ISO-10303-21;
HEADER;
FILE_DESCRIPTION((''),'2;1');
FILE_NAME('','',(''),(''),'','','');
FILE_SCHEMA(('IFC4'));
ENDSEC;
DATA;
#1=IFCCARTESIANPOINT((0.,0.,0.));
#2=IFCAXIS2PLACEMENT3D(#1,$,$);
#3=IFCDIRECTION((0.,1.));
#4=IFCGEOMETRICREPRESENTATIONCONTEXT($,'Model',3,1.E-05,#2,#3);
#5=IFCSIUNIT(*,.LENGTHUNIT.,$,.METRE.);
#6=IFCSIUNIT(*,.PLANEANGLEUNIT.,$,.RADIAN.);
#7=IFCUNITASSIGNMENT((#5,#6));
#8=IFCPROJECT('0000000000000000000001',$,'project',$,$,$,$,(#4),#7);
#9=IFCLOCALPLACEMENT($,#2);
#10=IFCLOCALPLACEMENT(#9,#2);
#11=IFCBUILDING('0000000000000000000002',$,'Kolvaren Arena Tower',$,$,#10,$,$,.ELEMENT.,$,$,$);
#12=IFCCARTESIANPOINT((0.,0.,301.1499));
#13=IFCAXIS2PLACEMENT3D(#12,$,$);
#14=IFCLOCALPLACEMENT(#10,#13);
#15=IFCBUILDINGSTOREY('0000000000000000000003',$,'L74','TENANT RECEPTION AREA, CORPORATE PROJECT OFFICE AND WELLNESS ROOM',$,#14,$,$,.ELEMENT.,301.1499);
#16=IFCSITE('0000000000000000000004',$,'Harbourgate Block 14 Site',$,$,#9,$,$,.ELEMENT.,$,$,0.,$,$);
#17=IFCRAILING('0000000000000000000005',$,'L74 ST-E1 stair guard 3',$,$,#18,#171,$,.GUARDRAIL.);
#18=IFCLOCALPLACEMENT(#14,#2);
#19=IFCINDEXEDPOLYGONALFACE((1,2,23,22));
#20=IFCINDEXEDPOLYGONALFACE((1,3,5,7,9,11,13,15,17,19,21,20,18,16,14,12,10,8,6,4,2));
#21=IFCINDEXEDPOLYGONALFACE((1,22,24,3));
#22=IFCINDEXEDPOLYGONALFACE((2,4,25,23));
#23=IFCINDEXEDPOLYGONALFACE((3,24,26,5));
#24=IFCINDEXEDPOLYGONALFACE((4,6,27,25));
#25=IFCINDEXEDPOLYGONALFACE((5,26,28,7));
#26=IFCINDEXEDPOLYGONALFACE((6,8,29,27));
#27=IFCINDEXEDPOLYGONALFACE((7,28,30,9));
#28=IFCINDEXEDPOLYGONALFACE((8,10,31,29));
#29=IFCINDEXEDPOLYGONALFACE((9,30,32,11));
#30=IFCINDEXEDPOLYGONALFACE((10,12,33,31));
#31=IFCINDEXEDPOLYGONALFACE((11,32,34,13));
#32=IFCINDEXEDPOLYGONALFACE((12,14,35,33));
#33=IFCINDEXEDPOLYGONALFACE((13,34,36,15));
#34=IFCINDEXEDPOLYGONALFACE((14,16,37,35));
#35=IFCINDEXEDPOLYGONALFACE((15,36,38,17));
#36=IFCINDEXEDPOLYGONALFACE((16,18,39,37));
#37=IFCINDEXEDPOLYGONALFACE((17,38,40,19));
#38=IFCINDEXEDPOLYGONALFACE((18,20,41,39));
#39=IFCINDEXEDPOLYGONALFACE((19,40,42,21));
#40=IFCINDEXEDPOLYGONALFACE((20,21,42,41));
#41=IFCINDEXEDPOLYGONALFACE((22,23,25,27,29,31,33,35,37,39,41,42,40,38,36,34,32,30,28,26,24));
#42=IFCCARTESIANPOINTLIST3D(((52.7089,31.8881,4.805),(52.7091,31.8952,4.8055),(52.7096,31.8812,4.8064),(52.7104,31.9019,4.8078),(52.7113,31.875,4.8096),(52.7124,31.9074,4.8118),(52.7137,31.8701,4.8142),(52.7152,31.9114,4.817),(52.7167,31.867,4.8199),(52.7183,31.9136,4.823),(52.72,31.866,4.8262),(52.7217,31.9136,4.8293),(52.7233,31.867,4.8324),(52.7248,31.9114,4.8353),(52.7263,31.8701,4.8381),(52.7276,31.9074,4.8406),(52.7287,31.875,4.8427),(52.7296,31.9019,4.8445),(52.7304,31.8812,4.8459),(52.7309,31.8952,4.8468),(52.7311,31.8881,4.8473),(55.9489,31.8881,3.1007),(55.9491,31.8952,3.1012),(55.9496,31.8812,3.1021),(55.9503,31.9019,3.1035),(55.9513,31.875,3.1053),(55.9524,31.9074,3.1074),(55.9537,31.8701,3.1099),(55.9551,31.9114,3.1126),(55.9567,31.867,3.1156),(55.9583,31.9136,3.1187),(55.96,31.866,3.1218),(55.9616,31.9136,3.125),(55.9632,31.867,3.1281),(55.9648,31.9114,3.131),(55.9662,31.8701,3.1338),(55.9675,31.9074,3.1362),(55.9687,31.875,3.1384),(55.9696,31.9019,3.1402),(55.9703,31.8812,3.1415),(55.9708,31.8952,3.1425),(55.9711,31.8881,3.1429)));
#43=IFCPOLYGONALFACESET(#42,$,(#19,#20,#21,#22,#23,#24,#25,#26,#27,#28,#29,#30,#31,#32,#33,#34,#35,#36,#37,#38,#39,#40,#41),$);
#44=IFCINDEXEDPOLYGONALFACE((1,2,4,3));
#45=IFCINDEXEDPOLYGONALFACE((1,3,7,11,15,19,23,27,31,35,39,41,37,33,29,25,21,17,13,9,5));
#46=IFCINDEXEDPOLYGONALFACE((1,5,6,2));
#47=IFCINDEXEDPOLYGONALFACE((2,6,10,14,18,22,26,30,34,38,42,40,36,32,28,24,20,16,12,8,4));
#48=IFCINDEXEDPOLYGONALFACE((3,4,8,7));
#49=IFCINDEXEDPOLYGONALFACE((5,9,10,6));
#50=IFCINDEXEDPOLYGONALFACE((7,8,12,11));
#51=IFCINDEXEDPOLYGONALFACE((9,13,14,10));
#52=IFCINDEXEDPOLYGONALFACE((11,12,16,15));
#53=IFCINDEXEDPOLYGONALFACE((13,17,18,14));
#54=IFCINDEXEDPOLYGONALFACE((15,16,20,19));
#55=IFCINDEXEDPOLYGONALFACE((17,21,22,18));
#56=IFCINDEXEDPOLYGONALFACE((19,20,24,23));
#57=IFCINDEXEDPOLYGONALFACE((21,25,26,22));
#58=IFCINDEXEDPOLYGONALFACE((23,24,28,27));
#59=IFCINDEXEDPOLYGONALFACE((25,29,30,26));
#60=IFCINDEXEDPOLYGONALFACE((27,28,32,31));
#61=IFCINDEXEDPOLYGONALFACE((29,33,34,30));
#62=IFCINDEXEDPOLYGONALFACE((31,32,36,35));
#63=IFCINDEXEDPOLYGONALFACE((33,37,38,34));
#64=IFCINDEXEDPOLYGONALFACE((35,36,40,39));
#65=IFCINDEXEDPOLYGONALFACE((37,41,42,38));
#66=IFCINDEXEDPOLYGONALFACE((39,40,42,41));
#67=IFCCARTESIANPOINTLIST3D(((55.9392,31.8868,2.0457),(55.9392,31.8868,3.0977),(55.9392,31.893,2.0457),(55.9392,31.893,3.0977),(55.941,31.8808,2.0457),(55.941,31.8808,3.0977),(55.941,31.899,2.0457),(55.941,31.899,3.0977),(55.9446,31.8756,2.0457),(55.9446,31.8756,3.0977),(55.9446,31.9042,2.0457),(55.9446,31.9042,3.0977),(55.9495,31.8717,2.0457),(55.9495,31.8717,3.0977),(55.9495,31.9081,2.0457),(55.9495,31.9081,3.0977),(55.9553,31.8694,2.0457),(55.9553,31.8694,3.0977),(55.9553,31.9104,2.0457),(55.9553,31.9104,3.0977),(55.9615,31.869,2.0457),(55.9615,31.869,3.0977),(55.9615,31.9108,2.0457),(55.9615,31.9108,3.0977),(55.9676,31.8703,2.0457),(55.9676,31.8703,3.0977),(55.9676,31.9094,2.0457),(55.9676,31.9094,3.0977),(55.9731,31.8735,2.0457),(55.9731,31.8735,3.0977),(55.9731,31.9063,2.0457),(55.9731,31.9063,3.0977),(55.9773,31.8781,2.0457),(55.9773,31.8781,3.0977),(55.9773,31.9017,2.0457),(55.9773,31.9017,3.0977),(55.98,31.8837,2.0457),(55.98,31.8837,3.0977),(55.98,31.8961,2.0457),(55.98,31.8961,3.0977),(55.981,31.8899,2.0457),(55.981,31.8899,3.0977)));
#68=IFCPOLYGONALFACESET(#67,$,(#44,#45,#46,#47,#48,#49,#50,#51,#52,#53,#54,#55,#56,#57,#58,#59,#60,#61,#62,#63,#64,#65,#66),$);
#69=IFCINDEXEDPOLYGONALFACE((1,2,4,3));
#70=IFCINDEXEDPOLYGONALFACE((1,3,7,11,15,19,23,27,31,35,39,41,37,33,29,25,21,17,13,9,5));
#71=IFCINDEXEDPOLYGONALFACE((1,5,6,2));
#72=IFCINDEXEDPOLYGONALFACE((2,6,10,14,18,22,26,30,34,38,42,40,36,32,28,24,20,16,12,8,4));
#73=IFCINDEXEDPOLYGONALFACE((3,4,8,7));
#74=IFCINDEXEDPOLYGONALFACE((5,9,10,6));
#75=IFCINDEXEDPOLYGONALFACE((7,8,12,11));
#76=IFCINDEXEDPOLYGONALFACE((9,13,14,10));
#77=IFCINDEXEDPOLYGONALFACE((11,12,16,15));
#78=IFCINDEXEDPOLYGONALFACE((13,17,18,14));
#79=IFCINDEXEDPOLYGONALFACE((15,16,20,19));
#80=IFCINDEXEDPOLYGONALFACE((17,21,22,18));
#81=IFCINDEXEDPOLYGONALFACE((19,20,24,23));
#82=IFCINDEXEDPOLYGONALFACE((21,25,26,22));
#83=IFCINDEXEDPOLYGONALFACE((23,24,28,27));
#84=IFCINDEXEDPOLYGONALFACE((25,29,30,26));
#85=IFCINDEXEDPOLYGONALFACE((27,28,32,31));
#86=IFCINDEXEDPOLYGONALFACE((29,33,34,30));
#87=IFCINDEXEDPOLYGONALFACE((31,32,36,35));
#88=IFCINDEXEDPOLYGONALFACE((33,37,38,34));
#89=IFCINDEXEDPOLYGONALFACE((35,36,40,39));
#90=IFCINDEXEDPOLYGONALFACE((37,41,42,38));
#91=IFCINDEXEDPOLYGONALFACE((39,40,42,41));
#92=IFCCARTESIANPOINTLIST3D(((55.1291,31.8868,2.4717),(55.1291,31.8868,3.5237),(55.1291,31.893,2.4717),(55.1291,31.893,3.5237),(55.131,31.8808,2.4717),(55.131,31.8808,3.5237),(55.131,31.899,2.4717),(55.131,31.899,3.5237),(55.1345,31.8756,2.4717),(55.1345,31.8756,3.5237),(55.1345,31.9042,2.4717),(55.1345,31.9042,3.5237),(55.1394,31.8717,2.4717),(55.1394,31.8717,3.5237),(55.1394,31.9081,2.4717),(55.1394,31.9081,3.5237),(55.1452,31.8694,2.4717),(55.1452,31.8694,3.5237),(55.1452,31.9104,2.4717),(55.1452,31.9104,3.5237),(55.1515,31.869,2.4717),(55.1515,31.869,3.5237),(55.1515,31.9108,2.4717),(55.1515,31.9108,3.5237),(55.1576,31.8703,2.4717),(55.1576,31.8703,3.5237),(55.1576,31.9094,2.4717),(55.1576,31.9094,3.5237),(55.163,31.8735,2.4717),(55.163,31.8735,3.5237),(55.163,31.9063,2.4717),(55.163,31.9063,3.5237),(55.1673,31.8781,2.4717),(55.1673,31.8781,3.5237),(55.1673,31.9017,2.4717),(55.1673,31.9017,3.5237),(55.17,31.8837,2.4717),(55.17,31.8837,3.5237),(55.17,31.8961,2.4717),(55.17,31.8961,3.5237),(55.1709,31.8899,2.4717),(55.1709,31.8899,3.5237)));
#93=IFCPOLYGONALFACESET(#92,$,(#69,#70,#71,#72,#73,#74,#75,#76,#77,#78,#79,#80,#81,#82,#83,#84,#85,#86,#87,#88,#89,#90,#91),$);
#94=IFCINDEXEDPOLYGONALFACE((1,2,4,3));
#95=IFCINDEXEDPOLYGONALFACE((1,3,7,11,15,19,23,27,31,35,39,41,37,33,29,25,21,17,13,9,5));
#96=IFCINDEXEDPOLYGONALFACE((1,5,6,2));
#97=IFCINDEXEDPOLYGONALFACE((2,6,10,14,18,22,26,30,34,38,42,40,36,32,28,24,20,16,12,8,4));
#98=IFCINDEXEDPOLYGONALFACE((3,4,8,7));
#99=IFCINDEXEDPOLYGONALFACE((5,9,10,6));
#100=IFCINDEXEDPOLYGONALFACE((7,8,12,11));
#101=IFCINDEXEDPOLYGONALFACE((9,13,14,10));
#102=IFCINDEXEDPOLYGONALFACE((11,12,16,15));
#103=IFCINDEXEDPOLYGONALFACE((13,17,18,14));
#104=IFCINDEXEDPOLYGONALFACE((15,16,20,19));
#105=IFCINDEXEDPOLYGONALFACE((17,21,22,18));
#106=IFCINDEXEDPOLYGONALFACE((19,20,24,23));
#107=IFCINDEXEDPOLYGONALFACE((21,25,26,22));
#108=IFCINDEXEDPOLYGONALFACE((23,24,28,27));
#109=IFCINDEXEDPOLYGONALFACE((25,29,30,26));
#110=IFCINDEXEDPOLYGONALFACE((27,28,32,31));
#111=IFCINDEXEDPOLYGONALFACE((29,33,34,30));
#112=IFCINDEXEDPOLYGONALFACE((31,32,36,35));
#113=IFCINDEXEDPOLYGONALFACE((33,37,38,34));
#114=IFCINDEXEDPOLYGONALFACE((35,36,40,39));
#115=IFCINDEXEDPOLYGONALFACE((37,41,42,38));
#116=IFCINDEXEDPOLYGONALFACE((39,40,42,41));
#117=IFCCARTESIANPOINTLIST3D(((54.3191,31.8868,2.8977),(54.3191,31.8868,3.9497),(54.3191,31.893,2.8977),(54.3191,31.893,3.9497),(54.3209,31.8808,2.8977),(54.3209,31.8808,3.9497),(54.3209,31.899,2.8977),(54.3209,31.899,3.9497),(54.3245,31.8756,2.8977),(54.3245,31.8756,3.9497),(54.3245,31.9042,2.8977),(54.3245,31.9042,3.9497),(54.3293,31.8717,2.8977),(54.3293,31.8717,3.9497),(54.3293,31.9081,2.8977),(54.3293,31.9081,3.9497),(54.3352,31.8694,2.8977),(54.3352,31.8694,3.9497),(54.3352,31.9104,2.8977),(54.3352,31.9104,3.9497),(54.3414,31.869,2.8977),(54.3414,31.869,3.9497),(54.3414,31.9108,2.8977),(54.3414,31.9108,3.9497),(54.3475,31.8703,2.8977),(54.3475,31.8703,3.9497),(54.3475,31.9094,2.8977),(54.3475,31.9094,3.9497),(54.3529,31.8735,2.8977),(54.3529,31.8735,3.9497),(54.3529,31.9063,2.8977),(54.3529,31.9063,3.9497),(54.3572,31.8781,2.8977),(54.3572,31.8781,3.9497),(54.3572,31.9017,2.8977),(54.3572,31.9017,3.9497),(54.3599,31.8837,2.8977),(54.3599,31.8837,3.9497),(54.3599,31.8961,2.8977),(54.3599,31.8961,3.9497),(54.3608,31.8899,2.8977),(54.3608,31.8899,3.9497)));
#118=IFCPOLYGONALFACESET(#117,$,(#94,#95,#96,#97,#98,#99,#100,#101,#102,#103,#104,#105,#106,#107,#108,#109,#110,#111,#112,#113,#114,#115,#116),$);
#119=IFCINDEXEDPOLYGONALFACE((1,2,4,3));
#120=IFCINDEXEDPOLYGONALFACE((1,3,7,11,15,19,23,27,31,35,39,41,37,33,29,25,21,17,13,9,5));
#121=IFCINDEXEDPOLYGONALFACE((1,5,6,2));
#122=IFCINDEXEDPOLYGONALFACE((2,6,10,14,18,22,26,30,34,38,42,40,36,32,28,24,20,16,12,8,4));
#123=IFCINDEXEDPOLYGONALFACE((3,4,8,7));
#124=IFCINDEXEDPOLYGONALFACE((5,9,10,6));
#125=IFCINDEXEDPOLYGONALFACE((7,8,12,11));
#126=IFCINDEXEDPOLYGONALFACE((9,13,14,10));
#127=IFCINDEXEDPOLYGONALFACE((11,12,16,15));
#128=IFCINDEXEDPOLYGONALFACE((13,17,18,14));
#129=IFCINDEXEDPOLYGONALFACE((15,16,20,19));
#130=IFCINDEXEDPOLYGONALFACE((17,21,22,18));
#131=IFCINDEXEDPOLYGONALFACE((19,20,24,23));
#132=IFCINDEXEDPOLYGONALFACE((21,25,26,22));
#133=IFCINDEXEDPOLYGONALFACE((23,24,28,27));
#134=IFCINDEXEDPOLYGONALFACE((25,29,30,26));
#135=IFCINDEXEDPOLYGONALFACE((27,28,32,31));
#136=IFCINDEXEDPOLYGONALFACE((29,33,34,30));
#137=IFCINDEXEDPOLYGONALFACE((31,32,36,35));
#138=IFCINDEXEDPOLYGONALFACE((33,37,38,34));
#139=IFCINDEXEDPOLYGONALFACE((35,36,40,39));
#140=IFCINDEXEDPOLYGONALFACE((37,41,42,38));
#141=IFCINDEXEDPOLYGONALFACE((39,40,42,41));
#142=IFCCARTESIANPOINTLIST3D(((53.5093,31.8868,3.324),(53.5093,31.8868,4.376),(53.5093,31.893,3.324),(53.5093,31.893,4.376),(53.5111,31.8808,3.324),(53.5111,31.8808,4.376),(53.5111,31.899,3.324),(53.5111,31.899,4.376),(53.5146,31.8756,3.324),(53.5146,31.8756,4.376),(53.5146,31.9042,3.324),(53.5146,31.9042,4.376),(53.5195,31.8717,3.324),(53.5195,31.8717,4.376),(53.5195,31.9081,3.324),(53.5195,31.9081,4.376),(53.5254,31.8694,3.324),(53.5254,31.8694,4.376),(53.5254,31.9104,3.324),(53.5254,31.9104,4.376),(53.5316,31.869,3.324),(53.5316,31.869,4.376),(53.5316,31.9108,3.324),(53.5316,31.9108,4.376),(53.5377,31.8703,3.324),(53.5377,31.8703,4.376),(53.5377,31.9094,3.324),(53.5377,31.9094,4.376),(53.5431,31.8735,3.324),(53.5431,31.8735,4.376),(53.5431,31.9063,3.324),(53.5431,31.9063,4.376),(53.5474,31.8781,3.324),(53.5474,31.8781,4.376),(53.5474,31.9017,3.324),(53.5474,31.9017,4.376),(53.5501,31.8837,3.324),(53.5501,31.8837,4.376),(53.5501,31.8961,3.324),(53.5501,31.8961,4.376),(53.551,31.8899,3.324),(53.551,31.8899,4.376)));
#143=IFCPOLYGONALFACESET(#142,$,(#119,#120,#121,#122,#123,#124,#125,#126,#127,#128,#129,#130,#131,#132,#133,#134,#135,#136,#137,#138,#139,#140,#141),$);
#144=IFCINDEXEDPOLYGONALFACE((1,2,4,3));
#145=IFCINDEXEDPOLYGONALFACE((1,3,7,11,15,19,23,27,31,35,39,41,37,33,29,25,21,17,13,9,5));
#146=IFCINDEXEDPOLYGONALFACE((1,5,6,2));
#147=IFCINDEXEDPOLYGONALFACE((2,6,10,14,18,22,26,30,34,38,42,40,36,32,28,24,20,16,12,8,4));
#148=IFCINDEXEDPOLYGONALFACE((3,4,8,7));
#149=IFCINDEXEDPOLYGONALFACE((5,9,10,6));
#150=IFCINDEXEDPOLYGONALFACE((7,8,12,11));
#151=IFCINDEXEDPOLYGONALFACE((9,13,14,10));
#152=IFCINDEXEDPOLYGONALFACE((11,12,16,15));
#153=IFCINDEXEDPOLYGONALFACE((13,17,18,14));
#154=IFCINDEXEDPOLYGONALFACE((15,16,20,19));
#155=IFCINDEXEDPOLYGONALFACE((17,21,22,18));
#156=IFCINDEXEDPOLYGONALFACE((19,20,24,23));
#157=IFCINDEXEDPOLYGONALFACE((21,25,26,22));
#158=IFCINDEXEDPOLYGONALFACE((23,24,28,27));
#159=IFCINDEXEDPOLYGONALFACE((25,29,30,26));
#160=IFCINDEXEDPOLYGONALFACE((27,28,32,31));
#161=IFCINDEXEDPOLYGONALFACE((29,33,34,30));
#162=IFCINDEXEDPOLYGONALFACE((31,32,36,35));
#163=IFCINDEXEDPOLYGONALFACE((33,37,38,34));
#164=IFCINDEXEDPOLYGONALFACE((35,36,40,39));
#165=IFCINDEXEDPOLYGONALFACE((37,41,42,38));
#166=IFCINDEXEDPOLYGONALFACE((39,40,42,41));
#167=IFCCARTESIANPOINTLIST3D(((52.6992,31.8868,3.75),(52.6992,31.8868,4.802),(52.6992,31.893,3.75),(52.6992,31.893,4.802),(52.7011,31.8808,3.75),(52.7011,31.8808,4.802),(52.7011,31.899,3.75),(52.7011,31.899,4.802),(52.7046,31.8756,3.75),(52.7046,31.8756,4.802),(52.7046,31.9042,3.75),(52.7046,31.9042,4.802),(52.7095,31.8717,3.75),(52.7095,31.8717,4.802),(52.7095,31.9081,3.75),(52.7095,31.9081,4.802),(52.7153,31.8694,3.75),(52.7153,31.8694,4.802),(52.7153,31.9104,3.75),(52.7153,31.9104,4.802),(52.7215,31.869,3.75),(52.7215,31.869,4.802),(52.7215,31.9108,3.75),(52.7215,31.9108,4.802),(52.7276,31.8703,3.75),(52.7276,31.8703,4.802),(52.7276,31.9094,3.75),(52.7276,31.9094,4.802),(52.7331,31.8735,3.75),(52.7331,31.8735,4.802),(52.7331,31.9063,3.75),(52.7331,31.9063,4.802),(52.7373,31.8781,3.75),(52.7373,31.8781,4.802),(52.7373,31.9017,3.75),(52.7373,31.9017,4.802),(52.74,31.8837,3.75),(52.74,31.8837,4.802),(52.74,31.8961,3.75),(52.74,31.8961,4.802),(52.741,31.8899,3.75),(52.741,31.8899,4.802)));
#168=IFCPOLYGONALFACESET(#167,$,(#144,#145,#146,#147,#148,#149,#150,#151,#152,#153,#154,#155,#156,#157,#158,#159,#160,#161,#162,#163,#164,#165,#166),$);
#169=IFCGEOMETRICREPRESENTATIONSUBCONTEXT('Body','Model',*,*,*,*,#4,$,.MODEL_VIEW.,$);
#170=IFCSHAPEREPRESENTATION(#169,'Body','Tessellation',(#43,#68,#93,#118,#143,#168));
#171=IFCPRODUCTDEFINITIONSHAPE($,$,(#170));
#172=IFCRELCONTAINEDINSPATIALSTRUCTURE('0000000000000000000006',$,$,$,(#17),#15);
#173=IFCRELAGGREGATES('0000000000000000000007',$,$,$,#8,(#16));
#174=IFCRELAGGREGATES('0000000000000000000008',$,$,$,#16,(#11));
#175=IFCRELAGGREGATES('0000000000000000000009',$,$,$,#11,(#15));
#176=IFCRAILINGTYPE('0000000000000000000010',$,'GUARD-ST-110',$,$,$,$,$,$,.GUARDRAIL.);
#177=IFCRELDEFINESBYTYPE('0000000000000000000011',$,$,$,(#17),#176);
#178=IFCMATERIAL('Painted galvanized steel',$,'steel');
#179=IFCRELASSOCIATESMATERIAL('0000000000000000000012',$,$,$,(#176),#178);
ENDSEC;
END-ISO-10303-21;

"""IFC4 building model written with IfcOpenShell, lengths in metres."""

from ifc_helpers import new_model, si_unit, direction, frame, origin, origin_2d, place, context, subcontext, project, spatial, circle, extrude, material, type_object, element, save


model = new_model("IFC4")

# Units and contexts
model_context = context("Model", 3, precision=1e-05, world=origin(), true_north=direction((0.0, 1.0)))
body_context = subcontext(model_context, "Body", "Model", "MODEL_VIEW")
ifc_project = project(units=[si_unit("LENGTHUNIT", "METRE"), si_unit("PLANEANGLEUNIT", "RADIAN")], contexts=[model_context])

# Site, building, storey
site_placement = place(None, origin())
site = spatial("IfcSite", under=ifc_project, at=site_placement, Name="Harbourgate Block 14 Site", CompositionType="ELEMENT", RefElevation=0.0)
building_placement = place(site_placement, origin())
building = spatial("IfcBuilding", under=site, at=building_placement, Name="Kolvaren Arena Tower", CompositionType="ELEMENT")
storey_placement = place(building_placement, frame((0.0, 0.0, 301.1499)))
storey = spatial("IfcBuildingStorey", under=building, at=storey_placement, Name="L74", Description="TENANT RECEPTION AREA, CORPORATE PROJECT OFFICE AND WELLNESS ROOM", CompositionType="ELEMENT", Elevation=301.1499)

# Railing
ifc_material_1 = material(Name="Painted galvanized steel", Category="steel")
railing_type_1 = type_object("IfcRailingType", Name="GUARD-ST-110", PredefinedType="GUARDRAIL", material=ifc_material_1)
railing_1_placement = place(storey_placement, frame((55.96, 31.8899, 2.0457)))
element("IfcRailing", 1, at=railing_1_placement, inside=storey, type_object=railing_type_1, Name="L74 ST-E1 stair guard 3", PredefinedType="GUARDRAIL", context=body_context, shape_type="SweptSolid", body=[
    extrude(circle(Radius=0.0239, at=origin_2d()), frame((0.0, 0.0, 1.0762), z_axis=(-0.885021, 0.0, 0.465551), x_axis=(0.0, -1.0, 0.0)), (0.0, 0.0, 1.0), 3.6609),
    extrude(circle(Radius=0.021, at=origin_2d()), origin(), (0.0, 0.0, 1.0), 1.052),
    extrude(circle(Radius=0.021, at=origin_2d()), frame((-0.8101, 0.0, 0.426)), (0.0, 0.0, 1.0), 1.052),
    extrude(circle(Radius=0.021, at=origin_2d()), frame((-1.6201, 0.0, 0.8521)), (0.0, 0.0, 1.0), 1.052),
    extrude(circle(Radius=0.021, at=origin_2d()), frame((-2.4299, 0.0, 1.2783)), (0.0, 0.0, 1.0), 1.052),
    extrude(circle(Radius=0.021, at=origin_2d()), frame((-3.24, 0.0, 1.7043)), (0.0, 0.0, 1.0), 1.052),
])

save(model, "model.ifc")
